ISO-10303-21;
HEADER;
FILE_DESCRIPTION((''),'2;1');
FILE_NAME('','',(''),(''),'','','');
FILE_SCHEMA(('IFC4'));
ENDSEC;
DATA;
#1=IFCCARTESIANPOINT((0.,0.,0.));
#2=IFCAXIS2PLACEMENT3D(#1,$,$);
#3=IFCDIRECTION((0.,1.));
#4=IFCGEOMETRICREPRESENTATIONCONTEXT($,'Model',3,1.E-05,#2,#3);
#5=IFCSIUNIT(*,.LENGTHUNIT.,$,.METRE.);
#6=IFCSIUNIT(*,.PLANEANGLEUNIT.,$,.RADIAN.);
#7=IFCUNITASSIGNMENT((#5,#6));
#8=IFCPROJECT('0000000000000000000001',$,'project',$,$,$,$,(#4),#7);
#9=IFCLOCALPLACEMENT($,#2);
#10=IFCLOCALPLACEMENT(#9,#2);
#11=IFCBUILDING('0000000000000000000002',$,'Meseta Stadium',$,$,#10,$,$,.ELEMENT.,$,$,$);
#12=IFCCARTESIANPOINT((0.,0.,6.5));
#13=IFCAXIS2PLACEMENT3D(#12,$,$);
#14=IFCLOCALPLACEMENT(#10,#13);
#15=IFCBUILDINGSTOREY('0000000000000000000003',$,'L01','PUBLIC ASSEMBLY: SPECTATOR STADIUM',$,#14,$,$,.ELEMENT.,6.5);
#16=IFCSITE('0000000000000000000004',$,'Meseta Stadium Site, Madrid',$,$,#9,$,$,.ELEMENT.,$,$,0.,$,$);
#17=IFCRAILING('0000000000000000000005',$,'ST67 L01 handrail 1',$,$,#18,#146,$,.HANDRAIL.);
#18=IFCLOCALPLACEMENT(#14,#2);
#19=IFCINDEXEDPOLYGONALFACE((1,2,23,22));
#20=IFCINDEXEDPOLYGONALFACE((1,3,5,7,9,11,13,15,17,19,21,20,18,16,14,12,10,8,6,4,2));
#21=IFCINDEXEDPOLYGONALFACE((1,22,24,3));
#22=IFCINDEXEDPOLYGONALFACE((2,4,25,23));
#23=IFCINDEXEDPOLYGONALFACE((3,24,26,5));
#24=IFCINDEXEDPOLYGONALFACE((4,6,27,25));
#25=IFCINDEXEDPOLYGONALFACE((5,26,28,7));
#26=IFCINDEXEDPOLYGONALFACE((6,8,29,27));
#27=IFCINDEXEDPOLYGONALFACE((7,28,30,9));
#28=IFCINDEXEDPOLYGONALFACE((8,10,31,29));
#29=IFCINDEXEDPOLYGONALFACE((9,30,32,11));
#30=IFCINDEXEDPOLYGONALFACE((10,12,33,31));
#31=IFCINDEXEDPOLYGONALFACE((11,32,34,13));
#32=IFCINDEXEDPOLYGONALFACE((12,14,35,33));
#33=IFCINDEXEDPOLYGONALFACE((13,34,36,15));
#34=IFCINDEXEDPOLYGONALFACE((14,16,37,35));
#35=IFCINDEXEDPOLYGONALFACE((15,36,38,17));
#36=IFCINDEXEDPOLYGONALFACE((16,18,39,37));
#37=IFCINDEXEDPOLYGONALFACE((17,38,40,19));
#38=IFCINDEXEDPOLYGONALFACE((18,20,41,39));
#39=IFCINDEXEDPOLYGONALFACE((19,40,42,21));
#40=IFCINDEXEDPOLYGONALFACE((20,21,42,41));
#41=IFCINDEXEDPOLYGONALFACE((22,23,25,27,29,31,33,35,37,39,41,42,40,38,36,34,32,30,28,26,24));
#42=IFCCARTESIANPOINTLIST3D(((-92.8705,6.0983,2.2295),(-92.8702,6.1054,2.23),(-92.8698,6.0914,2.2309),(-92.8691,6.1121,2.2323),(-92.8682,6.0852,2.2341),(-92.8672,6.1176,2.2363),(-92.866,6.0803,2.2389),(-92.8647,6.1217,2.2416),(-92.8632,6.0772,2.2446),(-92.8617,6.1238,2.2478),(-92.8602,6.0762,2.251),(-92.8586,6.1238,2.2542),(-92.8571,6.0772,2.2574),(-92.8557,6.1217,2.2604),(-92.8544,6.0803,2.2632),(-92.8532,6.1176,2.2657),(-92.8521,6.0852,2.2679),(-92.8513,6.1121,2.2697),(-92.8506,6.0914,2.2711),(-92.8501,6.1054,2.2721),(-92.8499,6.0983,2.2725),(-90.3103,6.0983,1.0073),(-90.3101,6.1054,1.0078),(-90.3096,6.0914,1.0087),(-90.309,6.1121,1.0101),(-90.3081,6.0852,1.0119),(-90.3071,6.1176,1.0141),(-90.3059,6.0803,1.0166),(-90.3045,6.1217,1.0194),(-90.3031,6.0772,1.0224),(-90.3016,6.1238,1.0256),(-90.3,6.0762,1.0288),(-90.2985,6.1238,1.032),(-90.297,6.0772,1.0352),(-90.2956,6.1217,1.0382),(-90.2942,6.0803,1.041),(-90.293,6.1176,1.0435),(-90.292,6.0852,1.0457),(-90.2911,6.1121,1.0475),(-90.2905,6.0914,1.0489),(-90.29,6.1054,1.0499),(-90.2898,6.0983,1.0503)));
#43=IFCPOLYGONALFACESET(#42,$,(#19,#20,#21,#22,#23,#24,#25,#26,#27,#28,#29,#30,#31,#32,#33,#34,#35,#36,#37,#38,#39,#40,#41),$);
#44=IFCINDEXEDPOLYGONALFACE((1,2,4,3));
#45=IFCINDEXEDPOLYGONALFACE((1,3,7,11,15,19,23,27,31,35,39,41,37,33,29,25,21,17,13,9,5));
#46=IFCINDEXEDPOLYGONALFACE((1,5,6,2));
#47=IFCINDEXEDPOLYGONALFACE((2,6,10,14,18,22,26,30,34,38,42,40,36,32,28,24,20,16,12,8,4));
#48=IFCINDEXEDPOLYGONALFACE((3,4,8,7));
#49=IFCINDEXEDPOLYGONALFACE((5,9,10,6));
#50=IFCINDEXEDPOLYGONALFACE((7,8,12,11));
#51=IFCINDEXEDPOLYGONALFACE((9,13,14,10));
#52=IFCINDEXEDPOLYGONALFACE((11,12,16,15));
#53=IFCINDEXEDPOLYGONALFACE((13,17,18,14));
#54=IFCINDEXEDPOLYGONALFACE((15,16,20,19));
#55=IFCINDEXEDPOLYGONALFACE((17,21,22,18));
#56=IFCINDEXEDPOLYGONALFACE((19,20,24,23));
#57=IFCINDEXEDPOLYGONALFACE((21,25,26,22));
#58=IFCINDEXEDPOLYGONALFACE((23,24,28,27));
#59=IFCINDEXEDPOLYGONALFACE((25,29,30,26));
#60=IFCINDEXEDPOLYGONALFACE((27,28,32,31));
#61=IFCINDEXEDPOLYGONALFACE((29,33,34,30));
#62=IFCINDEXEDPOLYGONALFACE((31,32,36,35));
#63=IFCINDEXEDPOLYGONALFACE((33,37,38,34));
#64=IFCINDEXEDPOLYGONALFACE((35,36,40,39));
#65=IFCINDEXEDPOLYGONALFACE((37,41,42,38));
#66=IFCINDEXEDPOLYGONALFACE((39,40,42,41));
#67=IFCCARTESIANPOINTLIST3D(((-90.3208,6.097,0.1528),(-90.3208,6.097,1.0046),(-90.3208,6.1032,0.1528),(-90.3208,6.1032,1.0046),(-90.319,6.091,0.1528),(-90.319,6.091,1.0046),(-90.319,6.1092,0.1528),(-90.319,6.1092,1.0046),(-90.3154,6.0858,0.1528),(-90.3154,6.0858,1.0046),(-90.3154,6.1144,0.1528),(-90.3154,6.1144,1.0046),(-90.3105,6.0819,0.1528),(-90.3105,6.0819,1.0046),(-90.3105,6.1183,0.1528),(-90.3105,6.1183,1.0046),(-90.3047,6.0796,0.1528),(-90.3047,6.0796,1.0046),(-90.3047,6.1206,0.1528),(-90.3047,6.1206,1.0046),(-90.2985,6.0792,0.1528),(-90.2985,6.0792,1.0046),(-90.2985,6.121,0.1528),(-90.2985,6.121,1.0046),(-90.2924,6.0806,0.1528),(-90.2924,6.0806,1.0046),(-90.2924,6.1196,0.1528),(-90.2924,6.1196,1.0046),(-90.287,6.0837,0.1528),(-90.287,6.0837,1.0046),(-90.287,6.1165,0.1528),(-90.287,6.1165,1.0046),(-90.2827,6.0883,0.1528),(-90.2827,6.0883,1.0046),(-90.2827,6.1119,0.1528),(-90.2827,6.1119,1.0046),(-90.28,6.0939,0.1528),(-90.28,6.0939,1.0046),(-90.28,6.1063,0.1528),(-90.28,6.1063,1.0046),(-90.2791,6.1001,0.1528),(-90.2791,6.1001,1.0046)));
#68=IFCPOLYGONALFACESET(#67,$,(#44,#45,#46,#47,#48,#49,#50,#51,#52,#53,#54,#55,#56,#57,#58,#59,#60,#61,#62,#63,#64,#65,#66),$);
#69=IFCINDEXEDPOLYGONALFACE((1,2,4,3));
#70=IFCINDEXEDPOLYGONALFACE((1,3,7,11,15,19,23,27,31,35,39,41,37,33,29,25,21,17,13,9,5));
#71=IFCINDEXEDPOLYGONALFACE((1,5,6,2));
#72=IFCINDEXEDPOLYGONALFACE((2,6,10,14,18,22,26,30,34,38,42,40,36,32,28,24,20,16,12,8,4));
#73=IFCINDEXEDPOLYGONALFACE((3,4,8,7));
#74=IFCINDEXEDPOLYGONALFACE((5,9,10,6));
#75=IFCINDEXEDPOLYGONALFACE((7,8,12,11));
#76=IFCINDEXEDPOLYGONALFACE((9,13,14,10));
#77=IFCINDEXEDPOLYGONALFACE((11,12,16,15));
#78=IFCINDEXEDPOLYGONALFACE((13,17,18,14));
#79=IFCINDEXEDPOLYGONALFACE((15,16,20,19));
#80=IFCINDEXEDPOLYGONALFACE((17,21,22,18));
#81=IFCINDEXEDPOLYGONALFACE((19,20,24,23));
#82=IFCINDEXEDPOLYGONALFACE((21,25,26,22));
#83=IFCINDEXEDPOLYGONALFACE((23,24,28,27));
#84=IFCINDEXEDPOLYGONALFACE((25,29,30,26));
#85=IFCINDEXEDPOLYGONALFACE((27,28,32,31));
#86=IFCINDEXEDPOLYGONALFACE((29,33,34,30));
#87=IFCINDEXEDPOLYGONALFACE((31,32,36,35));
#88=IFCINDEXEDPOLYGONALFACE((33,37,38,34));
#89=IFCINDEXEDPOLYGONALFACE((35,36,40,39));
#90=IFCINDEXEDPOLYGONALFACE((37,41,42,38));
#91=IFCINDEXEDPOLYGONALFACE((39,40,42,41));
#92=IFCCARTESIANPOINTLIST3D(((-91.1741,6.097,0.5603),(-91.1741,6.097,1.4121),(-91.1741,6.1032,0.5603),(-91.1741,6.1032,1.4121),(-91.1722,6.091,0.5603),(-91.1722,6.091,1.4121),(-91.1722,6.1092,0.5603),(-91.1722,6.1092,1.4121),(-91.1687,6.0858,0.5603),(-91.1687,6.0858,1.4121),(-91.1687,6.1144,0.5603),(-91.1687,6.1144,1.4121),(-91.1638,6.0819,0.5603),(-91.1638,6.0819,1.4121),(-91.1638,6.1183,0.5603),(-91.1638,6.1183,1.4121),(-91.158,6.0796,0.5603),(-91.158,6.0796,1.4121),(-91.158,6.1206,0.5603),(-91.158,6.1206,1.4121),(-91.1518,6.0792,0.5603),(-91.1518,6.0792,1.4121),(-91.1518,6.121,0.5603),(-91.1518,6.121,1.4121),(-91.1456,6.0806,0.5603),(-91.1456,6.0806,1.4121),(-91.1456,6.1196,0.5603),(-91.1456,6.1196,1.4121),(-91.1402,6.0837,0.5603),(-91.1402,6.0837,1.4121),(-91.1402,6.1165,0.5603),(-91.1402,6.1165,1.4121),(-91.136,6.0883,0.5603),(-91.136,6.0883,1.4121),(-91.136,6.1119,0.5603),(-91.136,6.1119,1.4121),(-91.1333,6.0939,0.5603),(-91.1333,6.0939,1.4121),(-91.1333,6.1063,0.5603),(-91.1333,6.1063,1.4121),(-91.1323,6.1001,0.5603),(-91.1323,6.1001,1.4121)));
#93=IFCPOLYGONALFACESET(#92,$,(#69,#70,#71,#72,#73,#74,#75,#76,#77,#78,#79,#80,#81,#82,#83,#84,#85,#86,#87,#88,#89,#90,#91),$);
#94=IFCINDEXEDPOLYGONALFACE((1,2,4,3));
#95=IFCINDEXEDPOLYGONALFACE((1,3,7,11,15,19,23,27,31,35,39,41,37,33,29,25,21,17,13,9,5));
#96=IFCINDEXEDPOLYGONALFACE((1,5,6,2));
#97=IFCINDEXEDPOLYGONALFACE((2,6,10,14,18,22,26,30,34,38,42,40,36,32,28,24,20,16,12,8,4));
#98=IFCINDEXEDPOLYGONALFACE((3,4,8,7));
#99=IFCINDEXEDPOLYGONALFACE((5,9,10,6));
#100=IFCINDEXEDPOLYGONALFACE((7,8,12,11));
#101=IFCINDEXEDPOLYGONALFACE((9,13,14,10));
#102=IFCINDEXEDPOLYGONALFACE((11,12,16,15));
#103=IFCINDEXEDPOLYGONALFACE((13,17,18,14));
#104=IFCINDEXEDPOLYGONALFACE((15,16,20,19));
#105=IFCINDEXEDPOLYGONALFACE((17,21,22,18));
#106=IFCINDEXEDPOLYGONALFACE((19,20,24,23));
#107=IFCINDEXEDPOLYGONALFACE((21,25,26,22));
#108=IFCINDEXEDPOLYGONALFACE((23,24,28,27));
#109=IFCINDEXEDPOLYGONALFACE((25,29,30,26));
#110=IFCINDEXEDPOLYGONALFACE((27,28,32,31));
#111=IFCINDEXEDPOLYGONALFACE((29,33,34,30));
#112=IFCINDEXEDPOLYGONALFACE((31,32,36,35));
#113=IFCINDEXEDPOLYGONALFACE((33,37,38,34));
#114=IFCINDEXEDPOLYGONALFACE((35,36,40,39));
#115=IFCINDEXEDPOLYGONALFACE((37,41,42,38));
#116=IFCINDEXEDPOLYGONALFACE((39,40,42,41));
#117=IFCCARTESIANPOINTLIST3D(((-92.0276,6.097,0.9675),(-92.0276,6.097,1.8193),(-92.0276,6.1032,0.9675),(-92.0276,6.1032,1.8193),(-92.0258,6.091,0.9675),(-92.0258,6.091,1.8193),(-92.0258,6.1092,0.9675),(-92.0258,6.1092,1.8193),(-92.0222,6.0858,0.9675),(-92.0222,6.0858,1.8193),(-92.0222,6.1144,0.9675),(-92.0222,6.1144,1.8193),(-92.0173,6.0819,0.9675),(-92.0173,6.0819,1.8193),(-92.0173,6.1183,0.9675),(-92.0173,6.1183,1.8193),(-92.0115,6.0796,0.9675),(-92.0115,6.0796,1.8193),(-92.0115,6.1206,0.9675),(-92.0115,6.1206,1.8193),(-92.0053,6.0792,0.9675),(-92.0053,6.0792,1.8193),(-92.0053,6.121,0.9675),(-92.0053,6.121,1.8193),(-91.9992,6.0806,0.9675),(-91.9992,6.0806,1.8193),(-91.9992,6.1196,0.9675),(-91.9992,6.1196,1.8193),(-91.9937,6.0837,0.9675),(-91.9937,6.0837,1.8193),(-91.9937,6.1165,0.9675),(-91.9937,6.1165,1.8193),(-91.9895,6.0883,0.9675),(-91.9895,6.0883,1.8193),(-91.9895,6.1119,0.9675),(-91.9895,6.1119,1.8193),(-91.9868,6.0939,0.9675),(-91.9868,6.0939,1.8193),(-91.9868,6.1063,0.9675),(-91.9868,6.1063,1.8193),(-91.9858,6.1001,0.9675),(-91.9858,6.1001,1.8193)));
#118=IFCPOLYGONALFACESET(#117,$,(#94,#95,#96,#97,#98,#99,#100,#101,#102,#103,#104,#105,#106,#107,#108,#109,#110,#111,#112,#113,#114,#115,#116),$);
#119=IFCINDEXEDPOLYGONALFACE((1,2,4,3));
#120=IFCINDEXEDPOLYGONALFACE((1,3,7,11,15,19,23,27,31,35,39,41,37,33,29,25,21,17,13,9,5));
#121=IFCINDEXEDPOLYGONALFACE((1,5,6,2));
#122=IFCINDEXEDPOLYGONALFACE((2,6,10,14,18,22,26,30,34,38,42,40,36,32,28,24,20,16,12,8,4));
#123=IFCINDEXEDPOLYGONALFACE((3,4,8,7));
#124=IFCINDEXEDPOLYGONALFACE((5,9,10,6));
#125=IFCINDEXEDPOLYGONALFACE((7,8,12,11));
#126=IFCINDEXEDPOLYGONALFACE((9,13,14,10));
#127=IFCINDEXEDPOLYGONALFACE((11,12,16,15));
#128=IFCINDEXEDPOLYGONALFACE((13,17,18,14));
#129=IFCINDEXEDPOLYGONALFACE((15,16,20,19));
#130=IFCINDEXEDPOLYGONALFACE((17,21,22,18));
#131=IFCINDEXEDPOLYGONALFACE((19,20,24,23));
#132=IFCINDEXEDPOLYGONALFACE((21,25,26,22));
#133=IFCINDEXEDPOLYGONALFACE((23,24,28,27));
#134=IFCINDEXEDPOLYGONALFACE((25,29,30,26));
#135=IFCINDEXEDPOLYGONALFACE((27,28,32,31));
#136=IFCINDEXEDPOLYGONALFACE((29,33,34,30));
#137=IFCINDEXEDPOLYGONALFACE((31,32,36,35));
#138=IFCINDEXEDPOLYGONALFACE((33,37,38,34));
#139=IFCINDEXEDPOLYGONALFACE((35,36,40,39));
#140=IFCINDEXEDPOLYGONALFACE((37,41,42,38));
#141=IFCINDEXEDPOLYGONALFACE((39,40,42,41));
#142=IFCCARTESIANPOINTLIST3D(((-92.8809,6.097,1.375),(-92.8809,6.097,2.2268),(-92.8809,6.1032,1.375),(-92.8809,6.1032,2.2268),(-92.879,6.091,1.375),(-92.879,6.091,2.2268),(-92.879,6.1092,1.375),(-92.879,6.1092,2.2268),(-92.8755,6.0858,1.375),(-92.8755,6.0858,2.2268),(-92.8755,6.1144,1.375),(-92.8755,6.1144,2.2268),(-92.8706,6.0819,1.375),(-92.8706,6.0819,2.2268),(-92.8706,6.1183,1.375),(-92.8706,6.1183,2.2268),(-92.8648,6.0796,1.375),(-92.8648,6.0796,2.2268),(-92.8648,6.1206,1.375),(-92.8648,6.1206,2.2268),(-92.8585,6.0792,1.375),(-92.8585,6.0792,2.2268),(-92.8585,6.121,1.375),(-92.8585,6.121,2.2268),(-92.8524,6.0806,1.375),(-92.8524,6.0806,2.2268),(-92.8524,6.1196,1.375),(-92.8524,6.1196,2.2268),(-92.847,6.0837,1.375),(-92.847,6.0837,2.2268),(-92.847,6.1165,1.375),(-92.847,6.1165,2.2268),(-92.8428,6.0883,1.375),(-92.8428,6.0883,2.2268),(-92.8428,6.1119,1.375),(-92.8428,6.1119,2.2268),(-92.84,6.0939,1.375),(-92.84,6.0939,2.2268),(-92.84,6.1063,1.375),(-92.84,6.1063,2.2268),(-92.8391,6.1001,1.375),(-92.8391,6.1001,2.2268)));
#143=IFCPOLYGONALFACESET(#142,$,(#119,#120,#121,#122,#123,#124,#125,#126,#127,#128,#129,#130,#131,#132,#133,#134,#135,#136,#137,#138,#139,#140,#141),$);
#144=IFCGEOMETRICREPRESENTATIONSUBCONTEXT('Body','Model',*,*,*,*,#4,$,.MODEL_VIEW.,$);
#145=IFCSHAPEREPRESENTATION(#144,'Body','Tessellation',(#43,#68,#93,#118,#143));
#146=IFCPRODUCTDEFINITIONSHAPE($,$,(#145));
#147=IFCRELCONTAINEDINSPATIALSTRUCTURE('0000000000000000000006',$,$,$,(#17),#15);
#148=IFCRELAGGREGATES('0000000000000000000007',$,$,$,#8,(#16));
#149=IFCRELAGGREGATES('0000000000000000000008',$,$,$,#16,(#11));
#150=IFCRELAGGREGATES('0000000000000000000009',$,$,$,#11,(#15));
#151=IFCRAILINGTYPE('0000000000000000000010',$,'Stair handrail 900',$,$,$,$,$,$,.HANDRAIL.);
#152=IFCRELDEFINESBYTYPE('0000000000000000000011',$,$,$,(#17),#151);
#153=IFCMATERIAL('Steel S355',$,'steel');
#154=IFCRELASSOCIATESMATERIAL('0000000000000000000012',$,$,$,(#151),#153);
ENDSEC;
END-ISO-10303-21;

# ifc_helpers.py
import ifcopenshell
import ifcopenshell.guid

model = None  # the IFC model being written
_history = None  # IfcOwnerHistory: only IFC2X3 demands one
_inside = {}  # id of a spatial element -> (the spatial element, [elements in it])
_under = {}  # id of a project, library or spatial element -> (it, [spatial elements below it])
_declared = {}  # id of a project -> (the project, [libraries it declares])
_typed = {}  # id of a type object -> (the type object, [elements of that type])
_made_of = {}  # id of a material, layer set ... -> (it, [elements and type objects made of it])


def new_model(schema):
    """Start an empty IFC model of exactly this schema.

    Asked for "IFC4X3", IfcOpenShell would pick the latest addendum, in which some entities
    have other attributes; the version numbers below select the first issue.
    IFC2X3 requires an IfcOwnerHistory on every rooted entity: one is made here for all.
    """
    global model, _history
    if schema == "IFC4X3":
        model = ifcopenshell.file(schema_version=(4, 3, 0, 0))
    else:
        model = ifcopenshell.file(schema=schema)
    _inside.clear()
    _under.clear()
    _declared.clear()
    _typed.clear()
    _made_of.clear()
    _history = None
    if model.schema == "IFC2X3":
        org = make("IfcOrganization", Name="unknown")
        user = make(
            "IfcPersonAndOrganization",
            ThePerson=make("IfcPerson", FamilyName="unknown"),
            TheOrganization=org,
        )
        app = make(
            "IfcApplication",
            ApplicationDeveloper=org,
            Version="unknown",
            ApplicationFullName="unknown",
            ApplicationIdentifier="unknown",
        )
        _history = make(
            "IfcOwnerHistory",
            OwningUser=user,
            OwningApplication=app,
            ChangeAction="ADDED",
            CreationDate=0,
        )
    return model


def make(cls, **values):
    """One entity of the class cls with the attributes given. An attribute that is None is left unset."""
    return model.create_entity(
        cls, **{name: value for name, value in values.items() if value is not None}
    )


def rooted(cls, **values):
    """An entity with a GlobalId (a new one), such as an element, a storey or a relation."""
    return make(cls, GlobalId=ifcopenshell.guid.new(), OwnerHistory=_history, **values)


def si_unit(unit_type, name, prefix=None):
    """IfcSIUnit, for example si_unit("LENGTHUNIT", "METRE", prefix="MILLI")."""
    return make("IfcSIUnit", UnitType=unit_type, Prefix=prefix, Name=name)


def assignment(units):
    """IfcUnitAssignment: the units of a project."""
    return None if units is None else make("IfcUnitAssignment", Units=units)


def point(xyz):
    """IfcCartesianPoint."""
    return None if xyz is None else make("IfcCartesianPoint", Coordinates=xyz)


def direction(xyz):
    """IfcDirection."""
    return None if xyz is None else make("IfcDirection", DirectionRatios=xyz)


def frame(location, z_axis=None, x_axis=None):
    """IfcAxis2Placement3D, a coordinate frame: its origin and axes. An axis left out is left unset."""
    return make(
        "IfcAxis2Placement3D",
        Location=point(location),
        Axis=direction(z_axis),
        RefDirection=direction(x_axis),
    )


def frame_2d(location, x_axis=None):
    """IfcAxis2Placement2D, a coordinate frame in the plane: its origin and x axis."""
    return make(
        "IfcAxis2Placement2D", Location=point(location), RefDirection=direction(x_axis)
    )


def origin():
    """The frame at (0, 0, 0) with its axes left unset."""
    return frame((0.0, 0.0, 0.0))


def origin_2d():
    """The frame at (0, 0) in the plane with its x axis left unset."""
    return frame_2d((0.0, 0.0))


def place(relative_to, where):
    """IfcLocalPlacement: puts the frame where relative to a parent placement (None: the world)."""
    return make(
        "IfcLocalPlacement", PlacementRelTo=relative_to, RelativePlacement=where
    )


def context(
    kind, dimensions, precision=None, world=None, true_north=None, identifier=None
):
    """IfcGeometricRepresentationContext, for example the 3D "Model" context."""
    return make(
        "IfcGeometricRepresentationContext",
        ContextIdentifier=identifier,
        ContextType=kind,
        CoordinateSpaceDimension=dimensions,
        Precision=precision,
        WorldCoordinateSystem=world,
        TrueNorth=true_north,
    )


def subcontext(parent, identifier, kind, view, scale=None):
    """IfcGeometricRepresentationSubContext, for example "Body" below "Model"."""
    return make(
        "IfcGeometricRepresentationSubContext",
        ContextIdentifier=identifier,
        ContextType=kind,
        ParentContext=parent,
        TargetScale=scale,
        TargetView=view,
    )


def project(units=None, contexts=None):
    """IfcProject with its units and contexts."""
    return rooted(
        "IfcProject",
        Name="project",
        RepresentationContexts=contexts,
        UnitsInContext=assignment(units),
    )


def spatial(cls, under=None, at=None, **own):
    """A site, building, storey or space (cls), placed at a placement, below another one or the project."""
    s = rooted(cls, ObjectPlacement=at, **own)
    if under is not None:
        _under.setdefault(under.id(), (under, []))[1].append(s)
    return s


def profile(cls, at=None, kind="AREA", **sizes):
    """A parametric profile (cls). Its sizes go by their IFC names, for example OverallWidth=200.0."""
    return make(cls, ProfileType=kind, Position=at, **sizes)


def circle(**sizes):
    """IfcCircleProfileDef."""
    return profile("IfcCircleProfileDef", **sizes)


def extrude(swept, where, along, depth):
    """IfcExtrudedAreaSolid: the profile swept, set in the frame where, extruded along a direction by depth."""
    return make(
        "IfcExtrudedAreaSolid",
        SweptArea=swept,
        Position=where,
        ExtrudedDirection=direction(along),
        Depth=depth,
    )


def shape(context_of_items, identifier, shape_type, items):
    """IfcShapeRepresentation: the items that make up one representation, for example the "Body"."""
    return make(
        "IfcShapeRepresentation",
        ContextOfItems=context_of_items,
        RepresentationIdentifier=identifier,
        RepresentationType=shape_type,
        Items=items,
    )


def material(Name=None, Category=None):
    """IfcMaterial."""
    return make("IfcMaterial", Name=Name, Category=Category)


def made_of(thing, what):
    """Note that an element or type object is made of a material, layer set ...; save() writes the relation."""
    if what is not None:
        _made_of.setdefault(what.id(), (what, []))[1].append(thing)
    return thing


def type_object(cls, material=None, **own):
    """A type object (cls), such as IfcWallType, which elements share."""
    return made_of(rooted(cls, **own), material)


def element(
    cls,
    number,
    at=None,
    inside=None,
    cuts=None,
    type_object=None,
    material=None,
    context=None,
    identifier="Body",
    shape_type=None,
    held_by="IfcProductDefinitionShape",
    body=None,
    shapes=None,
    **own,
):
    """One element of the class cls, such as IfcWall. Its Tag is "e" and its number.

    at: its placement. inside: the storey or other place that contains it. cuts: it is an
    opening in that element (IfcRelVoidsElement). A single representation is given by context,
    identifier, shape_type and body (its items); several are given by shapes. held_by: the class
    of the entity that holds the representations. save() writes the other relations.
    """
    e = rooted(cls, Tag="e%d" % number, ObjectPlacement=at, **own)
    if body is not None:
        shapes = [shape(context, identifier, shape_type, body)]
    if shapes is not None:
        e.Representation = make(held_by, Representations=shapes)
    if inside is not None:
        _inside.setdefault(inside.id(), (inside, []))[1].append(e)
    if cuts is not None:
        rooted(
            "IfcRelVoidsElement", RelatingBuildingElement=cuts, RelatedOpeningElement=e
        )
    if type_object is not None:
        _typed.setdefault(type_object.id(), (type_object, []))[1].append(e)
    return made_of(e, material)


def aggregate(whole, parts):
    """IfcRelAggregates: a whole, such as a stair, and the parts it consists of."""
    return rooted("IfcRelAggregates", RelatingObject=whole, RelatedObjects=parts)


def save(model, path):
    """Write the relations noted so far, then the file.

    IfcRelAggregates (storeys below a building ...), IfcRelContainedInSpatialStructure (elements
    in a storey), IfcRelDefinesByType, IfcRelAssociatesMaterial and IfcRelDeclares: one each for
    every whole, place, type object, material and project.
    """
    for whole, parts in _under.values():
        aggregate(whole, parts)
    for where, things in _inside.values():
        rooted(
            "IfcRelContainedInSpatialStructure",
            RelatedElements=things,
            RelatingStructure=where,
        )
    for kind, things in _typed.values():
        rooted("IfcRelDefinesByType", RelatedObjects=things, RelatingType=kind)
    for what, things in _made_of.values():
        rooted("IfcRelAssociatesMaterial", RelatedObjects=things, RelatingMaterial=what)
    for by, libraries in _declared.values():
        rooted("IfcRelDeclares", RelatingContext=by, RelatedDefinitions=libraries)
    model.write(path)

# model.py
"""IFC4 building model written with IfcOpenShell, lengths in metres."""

from ifc_helpers import new_model, si_unit, direction, frame, origin, origin_2d, place, context, subcontext, project, spatial, circle, extrude, material, type_object, element, save


model = new_model("IFC4")

# Units and contexts
model_context = context("Model", 3, precision=1e-05, world=origin(), true_north=direction((0.0, 1.0)))
body_context = subcontext(model_context, "Body", "Model", "MODEL_VIEW")
ifc_project = project(units=[si_unit("LENGTHUNIT", "METRE"), si_unit("PLANEANGLEUNIT", "RADIAN")], contexts=[model_context])

# Site, building, storey
site_placement = place(None, origin())
site = spatial("IfcSite", under=ifc_project, at=site_placement, Name="Meseta Stadium Site, Madrid", CompositionType="ELEMENT", RefElevation=0.0)
building_placement = place(site_placement, origin())
building = spatial("IfcBuilding", under=site, at=building_placement, Name="Meseta Stadium", CompositionType="ELEMENT")
storey_placement = place(building_placement, frame((0.0, 0.0, 6.5)))
storey = spatial("IfcBuildingStorey", under=building, at=storey_placement, Name="L01", Description="PUBLIC ASSEMBLY: SPECTATOR STADIUM", CompositionType="ELEMENT", Elevation=6.5)

# Railing
ifc_material_1 = material(Name="Steel S355", Category="steel")
railing_type_1 = type_object("IfcRailingType", Name="Stair handrail 900", PredefinedType="HANDRAIL", material=ifc_material_1)
for number, where, name in (
    (1, (-90.3, 6.1001, 0.1528), "ST67 L01 handrail 1"),
):
    element("IfcRailing", number, at=place(storey_placement, frame(where)), inside=storey, type_object=railing_type_1, Name=name, PredefinedType="HANDRAIL", context=body_context, shape_type="SweptSolid", body=[
        extrude(circle(Radius=0.0239, at=origin_2d()), frame((0.0, 0.0, 0.876), z_axis=(-0.902437, 0.0, 0.430822), x_axis=(0.0, -1.0, 0.0)), (0.0, 0.0, 1.0), 2.8369),
        extrude(circle(Radius=0.021, at=origin_2d()), origin(), (0.0, 0.0, 1.0), 0.8518),
        extrude(circle(Radius=0.021, at=origin_2d()), frame((-0.8533, 0.0, 0.4075)), (0.0, 0.0, 1.0), 0.8518),
        extrude(circle(Radius=0.021, at=origin_2d()), frame((-1.7068, 0.0, 0.8147)), (0.0, 0.0, 1.0), 0.8518),
        extrude(circle(Radius=0.021, at=origin_2d()), frame((-2.5601, 0.0, 1.2222)), (0.0, 0.0, 1.0), 0.8518),
    ])

save(model, "model.ifc")
